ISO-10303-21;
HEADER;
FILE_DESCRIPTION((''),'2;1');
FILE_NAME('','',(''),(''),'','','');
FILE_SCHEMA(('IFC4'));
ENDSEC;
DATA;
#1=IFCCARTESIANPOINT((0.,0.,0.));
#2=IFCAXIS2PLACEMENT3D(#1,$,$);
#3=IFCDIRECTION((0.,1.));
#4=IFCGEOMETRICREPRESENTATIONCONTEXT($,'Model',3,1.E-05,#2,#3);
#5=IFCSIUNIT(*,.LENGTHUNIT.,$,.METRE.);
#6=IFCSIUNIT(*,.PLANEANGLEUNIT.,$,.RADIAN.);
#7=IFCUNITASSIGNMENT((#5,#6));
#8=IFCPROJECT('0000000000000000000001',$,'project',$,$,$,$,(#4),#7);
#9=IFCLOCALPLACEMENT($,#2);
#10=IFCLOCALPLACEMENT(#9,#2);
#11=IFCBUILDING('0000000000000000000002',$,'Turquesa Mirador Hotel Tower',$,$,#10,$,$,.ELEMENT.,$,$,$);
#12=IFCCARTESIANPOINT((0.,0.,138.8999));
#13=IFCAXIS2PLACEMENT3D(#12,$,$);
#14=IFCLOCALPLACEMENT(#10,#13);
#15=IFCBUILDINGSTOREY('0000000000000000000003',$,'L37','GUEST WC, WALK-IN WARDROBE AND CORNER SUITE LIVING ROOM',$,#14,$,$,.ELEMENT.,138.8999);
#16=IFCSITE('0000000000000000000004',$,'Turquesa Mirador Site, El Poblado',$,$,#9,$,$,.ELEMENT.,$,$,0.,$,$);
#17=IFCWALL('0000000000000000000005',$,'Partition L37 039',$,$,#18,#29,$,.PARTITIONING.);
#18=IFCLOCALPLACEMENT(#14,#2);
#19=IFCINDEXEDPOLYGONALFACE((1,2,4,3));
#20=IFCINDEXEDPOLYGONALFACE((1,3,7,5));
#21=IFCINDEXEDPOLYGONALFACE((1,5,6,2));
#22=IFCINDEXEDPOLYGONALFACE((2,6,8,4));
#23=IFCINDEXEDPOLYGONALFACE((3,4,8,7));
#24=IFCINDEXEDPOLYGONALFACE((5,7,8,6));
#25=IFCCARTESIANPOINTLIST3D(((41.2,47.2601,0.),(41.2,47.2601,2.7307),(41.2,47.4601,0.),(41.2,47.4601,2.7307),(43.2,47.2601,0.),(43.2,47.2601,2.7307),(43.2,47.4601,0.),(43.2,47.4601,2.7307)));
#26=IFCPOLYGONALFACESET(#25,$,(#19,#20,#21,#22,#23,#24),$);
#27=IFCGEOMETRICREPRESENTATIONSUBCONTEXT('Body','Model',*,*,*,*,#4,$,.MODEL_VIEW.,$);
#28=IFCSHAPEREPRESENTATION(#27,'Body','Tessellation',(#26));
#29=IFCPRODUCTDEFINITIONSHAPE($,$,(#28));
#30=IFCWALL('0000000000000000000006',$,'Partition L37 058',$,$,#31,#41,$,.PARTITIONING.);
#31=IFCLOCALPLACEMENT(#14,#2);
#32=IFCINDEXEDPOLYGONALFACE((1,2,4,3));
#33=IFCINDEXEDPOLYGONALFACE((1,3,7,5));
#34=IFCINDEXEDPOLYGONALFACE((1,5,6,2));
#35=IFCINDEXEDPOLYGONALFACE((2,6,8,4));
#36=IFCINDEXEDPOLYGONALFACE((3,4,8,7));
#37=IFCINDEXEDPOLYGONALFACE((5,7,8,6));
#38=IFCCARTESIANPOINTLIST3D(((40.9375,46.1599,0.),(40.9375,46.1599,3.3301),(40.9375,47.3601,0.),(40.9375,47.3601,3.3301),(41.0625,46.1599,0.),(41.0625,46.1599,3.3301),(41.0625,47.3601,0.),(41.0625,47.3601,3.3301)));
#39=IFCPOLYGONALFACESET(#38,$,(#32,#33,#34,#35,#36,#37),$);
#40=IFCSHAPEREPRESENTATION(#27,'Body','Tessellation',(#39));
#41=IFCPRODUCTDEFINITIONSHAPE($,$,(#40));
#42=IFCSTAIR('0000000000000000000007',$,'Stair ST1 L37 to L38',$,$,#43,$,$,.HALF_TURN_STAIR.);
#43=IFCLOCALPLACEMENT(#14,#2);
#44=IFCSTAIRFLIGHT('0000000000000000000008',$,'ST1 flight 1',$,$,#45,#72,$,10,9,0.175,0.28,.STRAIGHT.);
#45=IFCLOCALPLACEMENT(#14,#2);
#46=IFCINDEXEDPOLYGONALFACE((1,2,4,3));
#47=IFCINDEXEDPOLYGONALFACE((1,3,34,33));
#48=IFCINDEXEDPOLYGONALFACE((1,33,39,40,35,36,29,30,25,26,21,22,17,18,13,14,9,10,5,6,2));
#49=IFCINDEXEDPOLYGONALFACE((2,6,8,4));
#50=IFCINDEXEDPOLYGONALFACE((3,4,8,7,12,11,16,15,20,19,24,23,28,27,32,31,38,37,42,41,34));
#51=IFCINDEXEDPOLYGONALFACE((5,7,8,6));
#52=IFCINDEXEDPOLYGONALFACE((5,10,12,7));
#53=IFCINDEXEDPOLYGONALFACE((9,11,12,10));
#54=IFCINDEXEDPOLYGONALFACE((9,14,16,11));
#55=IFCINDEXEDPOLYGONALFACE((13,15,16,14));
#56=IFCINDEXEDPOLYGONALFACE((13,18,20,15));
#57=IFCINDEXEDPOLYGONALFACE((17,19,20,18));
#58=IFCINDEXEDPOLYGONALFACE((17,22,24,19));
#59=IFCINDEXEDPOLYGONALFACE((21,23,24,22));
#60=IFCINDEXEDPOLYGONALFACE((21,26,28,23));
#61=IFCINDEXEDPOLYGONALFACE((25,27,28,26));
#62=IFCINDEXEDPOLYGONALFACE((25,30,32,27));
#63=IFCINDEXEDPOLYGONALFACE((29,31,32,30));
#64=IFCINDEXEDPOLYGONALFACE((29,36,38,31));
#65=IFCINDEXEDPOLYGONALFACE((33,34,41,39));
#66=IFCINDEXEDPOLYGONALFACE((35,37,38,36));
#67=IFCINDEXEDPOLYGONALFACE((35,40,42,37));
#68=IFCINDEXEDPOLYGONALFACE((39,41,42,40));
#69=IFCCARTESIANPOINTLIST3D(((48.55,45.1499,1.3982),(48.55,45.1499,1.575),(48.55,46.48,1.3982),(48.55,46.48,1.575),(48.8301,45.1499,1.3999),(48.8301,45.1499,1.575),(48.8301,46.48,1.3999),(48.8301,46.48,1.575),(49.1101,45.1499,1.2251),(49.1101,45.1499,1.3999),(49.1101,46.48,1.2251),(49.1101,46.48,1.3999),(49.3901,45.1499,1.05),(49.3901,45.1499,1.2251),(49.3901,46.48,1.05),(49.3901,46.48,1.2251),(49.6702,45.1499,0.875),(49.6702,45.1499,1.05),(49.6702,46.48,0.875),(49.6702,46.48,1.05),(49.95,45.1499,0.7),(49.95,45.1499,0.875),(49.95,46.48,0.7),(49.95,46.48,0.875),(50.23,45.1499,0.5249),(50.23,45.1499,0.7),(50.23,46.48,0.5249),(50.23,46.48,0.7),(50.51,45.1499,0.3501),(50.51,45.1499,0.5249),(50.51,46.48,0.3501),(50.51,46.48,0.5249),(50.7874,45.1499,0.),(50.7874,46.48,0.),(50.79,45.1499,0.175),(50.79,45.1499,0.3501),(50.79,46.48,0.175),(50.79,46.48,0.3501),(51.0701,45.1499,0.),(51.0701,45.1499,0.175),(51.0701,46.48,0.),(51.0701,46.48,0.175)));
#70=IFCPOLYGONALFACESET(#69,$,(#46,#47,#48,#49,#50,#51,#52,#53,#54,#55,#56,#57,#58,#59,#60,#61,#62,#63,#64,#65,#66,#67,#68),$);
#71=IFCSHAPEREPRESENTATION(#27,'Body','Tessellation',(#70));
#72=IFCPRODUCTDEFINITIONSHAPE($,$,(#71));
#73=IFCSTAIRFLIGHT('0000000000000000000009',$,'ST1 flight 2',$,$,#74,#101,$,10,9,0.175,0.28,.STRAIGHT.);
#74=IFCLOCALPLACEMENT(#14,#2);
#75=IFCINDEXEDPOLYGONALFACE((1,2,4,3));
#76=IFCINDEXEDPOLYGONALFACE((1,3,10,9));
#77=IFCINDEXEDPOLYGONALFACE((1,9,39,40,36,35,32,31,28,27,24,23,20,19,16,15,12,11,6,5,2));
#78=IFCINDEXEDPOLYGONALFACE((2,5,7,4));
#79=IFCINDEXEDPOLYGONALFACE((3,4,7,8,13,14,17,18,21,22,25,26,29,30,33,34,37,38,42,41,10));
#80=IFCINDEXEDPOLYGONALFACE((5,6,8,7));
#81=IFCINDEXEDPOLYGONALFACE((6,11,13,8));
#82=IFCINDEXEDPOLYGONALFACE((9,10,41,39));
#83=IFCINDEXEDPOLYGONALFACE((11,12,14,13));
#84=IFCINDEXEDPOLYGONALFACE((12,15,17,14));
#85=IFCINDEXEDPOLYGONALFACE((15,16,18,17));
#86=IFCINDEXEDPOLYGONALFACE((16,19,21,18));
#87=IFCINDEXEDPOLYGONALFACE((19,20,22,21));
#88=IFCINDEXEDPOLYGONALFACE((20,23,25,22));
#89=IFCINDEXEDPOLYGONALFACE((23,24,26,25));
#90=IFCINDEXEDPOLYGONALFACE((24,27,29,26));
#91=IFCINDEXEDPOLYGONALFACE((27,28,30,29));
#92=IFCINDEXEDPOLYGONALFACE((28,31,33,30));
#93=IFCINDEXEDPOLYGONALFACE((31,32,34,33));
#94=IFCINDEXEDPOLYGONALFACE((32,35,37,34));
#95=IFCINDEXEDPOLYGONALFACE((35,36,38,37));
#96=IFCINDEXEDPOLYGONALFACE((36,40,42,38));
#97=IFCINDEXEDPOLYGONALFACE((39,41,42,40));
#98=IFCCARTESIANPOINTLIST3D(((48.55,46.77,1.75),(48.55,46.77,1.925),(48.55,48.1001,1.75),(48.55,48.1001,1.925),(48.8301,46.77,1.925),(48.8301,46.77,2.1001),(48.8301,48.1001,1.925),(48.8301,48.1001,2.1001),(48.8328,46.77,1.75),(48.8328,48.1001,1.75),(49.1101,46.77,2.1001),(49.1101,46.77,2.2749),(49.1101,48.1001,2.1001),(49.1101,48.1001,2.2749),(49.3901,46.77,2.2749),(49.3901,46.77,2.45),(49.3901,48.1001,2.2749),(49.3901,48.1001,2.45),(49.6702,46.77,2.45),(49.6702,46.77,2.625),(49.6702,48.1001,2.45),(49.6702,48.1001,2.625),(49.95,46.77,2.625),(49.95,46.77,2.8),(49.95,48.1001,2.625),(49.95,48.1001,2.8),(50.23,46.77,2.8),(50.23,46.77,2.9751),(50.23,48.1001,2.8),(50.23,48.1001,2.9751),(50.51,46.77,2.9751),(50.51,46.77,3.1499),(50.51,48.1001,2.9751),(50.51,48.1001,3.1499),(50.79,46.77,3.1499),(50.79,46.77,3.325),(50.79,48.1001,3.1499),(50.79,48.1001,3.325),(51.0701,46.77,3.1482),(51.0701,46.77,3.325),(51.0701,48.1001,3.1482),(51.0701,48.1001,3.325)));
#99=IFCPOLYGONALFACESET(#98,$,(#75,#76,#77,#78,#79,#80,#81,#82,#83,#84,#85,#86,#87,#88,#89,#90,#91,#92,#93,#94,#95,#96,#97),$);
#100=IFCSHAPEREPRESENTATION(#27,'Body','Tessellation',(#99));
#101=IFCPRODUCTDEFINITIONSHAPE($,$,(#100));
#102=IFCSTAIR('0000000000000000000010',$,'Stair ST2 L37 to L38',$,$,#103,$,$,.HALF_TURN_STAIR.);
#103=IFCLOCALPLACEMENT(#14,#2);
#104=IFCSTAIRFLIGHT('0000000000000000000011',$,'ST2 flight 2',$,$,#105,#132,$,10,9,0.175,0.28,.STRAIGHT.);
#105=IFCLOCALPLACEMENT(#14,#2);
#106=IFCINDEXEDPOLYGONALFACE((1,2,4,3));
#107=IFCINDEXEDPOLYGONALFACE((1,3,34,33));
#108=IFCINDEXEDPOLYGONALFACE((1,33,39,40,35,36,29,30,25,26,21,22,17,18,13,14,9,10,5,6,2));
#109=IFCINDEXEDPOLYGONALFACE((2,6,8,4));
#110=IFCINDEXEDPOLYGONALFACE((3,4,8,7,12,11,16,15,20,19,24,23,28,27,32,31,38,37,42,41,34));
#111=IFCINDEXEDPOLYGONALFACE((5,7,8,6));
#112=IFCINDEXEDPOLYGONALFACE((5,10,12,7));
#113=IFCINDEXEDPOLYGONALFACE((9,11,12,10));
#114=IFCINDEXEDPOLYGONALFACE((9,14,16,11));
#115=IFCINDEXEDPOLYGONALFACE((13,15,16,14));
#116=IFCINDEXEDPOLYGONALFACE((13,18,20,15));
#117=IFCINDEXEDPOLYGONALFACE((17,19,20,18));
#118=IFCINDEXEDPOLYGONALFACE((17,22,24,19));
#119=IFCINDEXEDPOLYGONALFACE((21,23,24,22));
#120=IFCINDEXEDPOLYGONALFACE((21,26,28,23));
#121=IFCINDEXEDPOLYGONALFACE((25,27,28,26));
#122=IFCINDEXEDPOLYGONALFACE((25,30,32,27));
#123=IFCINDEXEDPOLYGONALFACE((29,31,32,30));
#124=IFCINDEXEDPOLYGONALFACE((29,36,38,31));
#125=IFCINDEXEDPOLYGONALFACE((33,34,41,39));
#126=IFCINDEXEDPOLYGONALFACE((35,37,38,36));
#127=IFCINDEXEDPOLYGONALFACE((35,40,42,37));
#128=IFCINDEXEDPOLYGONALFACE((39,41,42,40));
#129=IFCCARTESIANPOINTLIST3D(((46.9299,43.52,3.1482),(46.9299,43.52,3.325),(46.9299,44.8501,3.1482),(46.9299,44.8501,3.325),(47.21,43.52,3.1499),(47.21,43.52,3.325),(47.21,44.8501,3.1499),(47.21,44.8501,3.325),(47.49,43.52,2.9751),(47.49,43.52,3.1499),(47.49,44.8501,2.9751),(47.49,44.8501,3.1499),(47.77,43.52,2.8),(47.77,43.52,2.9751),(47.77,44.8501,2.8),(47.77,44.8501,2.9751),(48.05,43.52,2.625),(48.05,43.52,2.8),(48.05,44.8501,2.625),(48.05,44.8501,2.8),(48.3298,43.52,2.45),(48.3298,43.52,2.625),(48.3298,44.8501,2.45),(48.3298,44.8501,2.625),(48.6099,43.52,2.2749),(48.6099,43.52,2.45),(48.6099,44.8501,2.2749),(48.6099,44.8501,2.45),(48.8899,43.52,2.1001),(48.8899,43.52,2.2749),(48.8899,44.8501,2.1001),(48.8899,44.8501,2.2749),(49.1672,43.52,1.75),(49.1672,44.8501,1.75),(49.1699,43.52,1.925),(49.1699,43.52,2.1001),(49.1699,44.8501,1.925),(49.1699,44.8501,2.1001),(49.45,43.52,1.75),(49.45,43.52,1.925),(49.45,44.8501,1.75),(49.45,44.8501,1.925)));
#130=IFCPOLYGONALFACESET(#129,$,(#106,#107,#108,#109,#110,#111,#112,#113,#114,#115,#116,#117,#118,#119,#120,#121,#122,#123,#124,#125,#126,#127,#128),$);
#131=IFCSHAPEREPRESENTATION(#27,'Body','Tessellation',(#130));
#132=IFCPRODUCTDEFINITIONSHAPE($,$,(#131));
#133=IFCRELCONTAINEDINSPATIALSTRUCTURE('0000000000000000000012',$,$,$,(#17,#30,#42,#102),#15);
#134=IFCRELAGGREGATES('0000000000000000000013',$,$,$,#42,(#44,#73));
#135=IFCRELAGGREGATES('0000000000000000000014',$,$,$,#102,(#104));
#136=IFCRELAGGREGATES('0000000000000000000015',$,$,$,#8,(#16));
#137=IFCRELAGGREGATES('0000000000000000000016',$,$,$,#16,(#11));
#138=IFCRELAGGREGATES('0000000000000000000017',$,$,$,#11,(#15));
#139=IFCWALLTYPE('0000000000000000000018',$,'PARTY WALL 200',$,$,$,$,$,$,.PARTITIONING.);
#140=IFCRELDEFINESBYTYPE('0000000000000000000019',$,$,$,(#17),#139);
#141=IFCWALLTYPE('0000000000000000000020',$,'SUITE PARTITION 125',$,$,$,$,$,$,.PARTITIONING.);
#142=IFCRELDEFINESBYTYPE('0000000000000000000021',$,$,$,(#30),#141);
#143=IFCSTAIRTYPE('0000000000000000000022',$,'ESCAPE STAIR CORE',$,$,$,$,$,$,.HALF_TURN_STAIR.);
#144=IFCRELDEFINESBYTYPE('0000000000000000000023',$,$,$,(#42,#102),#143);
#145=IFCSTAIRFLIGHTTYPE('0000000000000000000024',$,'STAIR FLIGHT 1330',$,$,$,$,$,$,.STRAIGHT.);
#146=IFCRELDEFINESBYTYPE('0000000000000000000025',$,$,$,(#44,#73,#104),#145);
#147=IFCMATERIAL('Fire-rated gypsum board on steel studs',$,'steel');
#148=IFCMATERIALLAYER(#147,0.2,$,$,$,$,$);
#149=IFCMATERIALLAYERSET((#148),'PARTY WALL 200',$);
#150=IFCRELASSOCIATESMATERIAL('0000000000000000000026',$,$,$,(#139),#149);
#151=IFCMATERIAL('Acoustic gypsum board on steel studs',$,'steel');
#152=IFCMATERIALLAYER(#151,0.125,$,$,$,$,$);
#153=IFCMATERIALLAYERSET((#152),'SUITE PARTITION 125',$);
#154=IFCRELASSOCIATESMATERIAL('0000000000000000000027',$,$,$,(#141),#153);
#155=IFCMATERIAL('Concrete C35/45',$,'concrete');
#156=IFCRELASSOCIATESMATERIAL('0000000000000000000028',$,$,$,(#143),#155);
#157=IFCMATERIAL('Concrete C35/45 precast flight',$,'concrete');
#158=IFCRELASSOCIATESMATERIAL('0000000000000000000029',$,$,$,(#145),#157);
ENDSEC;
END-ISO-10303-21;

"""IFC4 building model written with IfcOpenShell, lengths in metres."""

from ifc_helpers import new_model, si_unit, direction, frame, frame_2d, origin, place, context, subcontext, project, spatial, polyline, rectangle, outline, extrude, material, layer, layer_set, type_object, element, aggregate, save


model = new_model("IFC4")

# Units and contexts
model_context = context("Model", 3, precision=1e-05, world=origin(), true_north=direction((0.0, 1.0)))
body_context = subcontext(model_context, "Body", "Model", "MODEL_VIEW")
ifc_project = project(units=[si_unit("LENGTHUNIT", "METRE"), si_unit("PLANEANGLEUNIT", "RADIAN")], contexts=[model_context])

# Site, building, storey
site_placement = place(None, origin())
site = spatial("IfcSite", under=ifc_project, at=site_placement, Name="Turquesa Mirador Site, El Poblado", CompositionType="ELEMENT", RefElevation=0.0)
building_placement = place(site_placement, origin())
building = spatial("IfcBuilding", under=site, at=building_placement, Name="Turquesa Mirador Hotel Tower", CompositionType="ELEMENT")
storey_placement = place(building_placement, frame((0.0, 0.0, 138.8999)))
storey = spatial("IfcBuildingStorey", under=building, at=storey_placement, Name="L37", Description="GUEST WC, WALK-IN WARDROBE AND CORNER SUITE LIVING ROOM", CompositionType="ELEMENT", Elevation=138.8999)

# Walls
ifc_material_1 = material(Name="Fire-rated gypsum board on steel studs", Category="steel")
ifc_layer_1 = layer(ifc_material_1, 0.2)
ifc_layer_set_1 = layer_set([ifc_layer_1], Name="PARTY WALL 200")
wall_type_1 = type_object("IfcWallType", Name="PARTY WALL 200", PredefinedType="PARTITIONING", material=ifc_layer_set_1)
wall_1_placement = place(storey_placement, frame((41.2, 47.3601, 0.0), z_axis=(0.0, 0.0, 1.0), x_axis=(1.0, 0.0, 0.0)))
element("IfcWall", 1, at=wall_1_placement, inside=storey, type_object=wall_type_1, Name="Partition L37 039", PredefinedType="PARTITIONING", context=body_context, shape_type="SweptSolid", body=[
    extrude(rectangle(XDim=2.0, YDim=0.2, at=frame_2d((1.0, 0.0))), origin(), (0.0, 0.0, 1.0), 2.7307),
])
ifc_material_2 = material(Name="Acoustic gypsum board on steel studs", Category="steel")
ifc_layer_2 = layer(ifc_material_2, 0.125)
ifc_layer_set_2 = layer_set([ifc_layer_2], Name="SUITE PARTITION 125")
wall_type_2 = type_object("IfcWallType", Name="SUITE PARTITION 125", PredefinedType="PARTITIONING", material=ifc_layer_set_2)
wall_2_placement = place(storey_placement, frame((41.0, 46.1599, 0.0), z_axis=(0.0, 0.0, 1.0), x_axis=(0.0, 1.0, 0.0)))
element("IfcWall", 2, at=wall_2_placement, inside=storey, type_object=wall_type_2, Name="Partition L37 058", PredefinedType="PARTITIONING", context=body_context, shape_type="SweptSolid", body=[
    extrude(rectangle(XDim=1.2002, YDim=0.125, at=frame_2d((0.6001, 0.0))), origin(), (0.0, 0.0, 1.0), 3.3301),
])

# Stair, stair flights
ifc_material_3 = material(Name="Concrete C35/45", Category="concrete")
stair_type = type_object("IfcStairType", Name="ESCAPE STAIR CORE", PredefinedType="HALF_TURN_STAIR", material=ifc_material_3)
stair_1_placement = place(storey_placement, origin())
stair_1 = element("IfcStair", 3, at=stair_1_placement, inside=storey, type_object=stair_type, Name="Stair ST1 L37 to L38", PredefinedType="HALF_TURN_STAIR")
ifc_material_4 = material(Name="Concrete C35/45 precast flight", Category="concrete")
stair_flight_type = type_object("IfcStairFlightType", Name="STAIR FLIGHT 1330", PredefinedType="STRAIGHT", material=ifc_material_4)
stair_flight_1_placement = place(storey_placement, frame((51.0701, 45.8149, 0.0), z_axis=(0.0, 0.0, 1.0), x_axis=(-1.0, 0.0, 0.0)))
stair_flight_1 = element("IfcStairFlight", 4, at=stair_flight_1_placement, type_object=stair_flight_type, Name="ST1 flight 1", NumberOfRisers=10, NumberOfTreads=9, PredefinedType="STRAIGHT", RiserHeight=0.175, TreadLength=0.28, context=body_context, shape_type="SweptSolid", body=[
    extrude(outline(polyline([(0.0, 0.0), (0.0, 0.175), (0.28, 0.175), (0.28, 0.3501), (0.5601, 0.3501), (0.5601, 0.5249), (0.8401, 0.5249), (0.8401, 0.7), (1.1201, 0.7), (1.1201, 0.875), (1.3999, 0.875), (1.3999, 1.05), (1.6799, 1.05), (1.6799, 1.2251), (1.96, 1.2251), (1.96, 1.3999), (2.24, 1.3999), (2.24, 1.575), (2.52, 1.575), (2.52, 1.75), (2.52, 1.3982), (0.2827, 0.0), (0.0, 0.0)])), frame((0.0, 0.665, 0.0), z_axis=(0.0, -1.0, 0.0), x_axis=(1.0, 0.0, 0.0)), (0.0, 0.0, 1.0), 1.3301),
])
stair_flight_2_placement = place(storey_placement, frame((48.55, 47.4351, 1.75), z_axis=(0.0, 0.0, 1.0), x_axis=(1.0, 0.0, 0.0)))
stair_flight_2 = element("IfcStairFlight", 5, at=stair_flight_2_placement, type_object=stair_flight_type, Name="ST1 flight 2", NumberOfRisers=10, NumberOfTreads=9, PredefinedType="STRAIGHT", RiserHeight=0.175, TreadLength=0.28, context=body_context, shape_type="SweptSolid", body=[
    extrude(outline(polyline([(0.0, 0.0), (0.0, 0.175), (0.28, 0.175), (0.28, 0.3501), (0.5601, 0.3501), (0.5601, 0.5249), (0.8401, 0.5249), (0.8401, 0.7), (1.1201, 0.7), (1.1201, 0.875), (1.3999, 0.875), (1.3999, 1.05), (1.6799, 1.05), (1.6799, 1.2251), (1.96, 1.2251), (1.96, 1.3999), (2.24, 1.3999), (2.24, 1.575), (2.52, 1.575), (2.52, 1.75), (2.52, 1.3982), (0.2827, 0.0), (0.0, 0.0)])), frame((0.0, 0.665, 0.0), z_axis=(0.0, -1.0, 0.0), x_axis=(1.0, 0.0, 0.0)), (0.0, 0.0, 1.0), 1.3301),
])
aggregate(stair_1, [stair_flight_1, stair_flight_2])

# Stair, stair flight
stair_2_placement = place(storey_placement, origin())
stair_2 = element("IfcStair", 6, at=stair_2_placement, inside=storey, type_object=stair_type, Name="Stair ST2 L37 to L38", PredefinedType="HALF_TURN_STAIR")
stair_flight_3_placement = place(storey_placement, frame((49.45, 44.1851, 1.75), z_axis=(0.0, 0.0, 1.0), x_axis=(-1.0, 0.0, 0.0)))
stair_flight_3 = element("IfcStairFlight", 7, at=stair_flight_3_placement, type_object=stair_flight_type, Name="ST2 flight 2", NumberOfRisers=10, NumberOfTreads=9, PredefinedType="STRAIGHT", RiserHeight=0.175, TreadLength=0.28, context=body_context, shape_type="SweptSolid", body=[
    extrude(outline(polyline([(0.0, 0.0), (0.0, 0.175), (0.28, 0.175), (0.28, 0.3501), (0.5601, 0.3501), (0.5601, 0.5249), (0.8401, 0.5249), (0.8401, 0.7), (1.1201, 0.7), (1.1201, 0.875), (1.3999, 0.875), (1.3999, 1.05), (1.6799, 1.05), (1.6799, 1.2251), (1.96, 1.2251), (1.96, 1.3999), (2.24, 1.3999), (2.24, 1.575), (2.52, 1.575), (2.52, 1.75), (2.52, 1.3982), (0.2827, 0.0), (0.0, 0.0)])), frame((0.0, 0.665, 0.0), z_axis=(0.0, -1.0, 0.0), x_axis=(1.0, 0.0, 0.0)), (0.0, 0.0, 1.0), 1.3301),
])
aggregate(stair_2, [stair_flight_3])

save(model, "model.ifc")
